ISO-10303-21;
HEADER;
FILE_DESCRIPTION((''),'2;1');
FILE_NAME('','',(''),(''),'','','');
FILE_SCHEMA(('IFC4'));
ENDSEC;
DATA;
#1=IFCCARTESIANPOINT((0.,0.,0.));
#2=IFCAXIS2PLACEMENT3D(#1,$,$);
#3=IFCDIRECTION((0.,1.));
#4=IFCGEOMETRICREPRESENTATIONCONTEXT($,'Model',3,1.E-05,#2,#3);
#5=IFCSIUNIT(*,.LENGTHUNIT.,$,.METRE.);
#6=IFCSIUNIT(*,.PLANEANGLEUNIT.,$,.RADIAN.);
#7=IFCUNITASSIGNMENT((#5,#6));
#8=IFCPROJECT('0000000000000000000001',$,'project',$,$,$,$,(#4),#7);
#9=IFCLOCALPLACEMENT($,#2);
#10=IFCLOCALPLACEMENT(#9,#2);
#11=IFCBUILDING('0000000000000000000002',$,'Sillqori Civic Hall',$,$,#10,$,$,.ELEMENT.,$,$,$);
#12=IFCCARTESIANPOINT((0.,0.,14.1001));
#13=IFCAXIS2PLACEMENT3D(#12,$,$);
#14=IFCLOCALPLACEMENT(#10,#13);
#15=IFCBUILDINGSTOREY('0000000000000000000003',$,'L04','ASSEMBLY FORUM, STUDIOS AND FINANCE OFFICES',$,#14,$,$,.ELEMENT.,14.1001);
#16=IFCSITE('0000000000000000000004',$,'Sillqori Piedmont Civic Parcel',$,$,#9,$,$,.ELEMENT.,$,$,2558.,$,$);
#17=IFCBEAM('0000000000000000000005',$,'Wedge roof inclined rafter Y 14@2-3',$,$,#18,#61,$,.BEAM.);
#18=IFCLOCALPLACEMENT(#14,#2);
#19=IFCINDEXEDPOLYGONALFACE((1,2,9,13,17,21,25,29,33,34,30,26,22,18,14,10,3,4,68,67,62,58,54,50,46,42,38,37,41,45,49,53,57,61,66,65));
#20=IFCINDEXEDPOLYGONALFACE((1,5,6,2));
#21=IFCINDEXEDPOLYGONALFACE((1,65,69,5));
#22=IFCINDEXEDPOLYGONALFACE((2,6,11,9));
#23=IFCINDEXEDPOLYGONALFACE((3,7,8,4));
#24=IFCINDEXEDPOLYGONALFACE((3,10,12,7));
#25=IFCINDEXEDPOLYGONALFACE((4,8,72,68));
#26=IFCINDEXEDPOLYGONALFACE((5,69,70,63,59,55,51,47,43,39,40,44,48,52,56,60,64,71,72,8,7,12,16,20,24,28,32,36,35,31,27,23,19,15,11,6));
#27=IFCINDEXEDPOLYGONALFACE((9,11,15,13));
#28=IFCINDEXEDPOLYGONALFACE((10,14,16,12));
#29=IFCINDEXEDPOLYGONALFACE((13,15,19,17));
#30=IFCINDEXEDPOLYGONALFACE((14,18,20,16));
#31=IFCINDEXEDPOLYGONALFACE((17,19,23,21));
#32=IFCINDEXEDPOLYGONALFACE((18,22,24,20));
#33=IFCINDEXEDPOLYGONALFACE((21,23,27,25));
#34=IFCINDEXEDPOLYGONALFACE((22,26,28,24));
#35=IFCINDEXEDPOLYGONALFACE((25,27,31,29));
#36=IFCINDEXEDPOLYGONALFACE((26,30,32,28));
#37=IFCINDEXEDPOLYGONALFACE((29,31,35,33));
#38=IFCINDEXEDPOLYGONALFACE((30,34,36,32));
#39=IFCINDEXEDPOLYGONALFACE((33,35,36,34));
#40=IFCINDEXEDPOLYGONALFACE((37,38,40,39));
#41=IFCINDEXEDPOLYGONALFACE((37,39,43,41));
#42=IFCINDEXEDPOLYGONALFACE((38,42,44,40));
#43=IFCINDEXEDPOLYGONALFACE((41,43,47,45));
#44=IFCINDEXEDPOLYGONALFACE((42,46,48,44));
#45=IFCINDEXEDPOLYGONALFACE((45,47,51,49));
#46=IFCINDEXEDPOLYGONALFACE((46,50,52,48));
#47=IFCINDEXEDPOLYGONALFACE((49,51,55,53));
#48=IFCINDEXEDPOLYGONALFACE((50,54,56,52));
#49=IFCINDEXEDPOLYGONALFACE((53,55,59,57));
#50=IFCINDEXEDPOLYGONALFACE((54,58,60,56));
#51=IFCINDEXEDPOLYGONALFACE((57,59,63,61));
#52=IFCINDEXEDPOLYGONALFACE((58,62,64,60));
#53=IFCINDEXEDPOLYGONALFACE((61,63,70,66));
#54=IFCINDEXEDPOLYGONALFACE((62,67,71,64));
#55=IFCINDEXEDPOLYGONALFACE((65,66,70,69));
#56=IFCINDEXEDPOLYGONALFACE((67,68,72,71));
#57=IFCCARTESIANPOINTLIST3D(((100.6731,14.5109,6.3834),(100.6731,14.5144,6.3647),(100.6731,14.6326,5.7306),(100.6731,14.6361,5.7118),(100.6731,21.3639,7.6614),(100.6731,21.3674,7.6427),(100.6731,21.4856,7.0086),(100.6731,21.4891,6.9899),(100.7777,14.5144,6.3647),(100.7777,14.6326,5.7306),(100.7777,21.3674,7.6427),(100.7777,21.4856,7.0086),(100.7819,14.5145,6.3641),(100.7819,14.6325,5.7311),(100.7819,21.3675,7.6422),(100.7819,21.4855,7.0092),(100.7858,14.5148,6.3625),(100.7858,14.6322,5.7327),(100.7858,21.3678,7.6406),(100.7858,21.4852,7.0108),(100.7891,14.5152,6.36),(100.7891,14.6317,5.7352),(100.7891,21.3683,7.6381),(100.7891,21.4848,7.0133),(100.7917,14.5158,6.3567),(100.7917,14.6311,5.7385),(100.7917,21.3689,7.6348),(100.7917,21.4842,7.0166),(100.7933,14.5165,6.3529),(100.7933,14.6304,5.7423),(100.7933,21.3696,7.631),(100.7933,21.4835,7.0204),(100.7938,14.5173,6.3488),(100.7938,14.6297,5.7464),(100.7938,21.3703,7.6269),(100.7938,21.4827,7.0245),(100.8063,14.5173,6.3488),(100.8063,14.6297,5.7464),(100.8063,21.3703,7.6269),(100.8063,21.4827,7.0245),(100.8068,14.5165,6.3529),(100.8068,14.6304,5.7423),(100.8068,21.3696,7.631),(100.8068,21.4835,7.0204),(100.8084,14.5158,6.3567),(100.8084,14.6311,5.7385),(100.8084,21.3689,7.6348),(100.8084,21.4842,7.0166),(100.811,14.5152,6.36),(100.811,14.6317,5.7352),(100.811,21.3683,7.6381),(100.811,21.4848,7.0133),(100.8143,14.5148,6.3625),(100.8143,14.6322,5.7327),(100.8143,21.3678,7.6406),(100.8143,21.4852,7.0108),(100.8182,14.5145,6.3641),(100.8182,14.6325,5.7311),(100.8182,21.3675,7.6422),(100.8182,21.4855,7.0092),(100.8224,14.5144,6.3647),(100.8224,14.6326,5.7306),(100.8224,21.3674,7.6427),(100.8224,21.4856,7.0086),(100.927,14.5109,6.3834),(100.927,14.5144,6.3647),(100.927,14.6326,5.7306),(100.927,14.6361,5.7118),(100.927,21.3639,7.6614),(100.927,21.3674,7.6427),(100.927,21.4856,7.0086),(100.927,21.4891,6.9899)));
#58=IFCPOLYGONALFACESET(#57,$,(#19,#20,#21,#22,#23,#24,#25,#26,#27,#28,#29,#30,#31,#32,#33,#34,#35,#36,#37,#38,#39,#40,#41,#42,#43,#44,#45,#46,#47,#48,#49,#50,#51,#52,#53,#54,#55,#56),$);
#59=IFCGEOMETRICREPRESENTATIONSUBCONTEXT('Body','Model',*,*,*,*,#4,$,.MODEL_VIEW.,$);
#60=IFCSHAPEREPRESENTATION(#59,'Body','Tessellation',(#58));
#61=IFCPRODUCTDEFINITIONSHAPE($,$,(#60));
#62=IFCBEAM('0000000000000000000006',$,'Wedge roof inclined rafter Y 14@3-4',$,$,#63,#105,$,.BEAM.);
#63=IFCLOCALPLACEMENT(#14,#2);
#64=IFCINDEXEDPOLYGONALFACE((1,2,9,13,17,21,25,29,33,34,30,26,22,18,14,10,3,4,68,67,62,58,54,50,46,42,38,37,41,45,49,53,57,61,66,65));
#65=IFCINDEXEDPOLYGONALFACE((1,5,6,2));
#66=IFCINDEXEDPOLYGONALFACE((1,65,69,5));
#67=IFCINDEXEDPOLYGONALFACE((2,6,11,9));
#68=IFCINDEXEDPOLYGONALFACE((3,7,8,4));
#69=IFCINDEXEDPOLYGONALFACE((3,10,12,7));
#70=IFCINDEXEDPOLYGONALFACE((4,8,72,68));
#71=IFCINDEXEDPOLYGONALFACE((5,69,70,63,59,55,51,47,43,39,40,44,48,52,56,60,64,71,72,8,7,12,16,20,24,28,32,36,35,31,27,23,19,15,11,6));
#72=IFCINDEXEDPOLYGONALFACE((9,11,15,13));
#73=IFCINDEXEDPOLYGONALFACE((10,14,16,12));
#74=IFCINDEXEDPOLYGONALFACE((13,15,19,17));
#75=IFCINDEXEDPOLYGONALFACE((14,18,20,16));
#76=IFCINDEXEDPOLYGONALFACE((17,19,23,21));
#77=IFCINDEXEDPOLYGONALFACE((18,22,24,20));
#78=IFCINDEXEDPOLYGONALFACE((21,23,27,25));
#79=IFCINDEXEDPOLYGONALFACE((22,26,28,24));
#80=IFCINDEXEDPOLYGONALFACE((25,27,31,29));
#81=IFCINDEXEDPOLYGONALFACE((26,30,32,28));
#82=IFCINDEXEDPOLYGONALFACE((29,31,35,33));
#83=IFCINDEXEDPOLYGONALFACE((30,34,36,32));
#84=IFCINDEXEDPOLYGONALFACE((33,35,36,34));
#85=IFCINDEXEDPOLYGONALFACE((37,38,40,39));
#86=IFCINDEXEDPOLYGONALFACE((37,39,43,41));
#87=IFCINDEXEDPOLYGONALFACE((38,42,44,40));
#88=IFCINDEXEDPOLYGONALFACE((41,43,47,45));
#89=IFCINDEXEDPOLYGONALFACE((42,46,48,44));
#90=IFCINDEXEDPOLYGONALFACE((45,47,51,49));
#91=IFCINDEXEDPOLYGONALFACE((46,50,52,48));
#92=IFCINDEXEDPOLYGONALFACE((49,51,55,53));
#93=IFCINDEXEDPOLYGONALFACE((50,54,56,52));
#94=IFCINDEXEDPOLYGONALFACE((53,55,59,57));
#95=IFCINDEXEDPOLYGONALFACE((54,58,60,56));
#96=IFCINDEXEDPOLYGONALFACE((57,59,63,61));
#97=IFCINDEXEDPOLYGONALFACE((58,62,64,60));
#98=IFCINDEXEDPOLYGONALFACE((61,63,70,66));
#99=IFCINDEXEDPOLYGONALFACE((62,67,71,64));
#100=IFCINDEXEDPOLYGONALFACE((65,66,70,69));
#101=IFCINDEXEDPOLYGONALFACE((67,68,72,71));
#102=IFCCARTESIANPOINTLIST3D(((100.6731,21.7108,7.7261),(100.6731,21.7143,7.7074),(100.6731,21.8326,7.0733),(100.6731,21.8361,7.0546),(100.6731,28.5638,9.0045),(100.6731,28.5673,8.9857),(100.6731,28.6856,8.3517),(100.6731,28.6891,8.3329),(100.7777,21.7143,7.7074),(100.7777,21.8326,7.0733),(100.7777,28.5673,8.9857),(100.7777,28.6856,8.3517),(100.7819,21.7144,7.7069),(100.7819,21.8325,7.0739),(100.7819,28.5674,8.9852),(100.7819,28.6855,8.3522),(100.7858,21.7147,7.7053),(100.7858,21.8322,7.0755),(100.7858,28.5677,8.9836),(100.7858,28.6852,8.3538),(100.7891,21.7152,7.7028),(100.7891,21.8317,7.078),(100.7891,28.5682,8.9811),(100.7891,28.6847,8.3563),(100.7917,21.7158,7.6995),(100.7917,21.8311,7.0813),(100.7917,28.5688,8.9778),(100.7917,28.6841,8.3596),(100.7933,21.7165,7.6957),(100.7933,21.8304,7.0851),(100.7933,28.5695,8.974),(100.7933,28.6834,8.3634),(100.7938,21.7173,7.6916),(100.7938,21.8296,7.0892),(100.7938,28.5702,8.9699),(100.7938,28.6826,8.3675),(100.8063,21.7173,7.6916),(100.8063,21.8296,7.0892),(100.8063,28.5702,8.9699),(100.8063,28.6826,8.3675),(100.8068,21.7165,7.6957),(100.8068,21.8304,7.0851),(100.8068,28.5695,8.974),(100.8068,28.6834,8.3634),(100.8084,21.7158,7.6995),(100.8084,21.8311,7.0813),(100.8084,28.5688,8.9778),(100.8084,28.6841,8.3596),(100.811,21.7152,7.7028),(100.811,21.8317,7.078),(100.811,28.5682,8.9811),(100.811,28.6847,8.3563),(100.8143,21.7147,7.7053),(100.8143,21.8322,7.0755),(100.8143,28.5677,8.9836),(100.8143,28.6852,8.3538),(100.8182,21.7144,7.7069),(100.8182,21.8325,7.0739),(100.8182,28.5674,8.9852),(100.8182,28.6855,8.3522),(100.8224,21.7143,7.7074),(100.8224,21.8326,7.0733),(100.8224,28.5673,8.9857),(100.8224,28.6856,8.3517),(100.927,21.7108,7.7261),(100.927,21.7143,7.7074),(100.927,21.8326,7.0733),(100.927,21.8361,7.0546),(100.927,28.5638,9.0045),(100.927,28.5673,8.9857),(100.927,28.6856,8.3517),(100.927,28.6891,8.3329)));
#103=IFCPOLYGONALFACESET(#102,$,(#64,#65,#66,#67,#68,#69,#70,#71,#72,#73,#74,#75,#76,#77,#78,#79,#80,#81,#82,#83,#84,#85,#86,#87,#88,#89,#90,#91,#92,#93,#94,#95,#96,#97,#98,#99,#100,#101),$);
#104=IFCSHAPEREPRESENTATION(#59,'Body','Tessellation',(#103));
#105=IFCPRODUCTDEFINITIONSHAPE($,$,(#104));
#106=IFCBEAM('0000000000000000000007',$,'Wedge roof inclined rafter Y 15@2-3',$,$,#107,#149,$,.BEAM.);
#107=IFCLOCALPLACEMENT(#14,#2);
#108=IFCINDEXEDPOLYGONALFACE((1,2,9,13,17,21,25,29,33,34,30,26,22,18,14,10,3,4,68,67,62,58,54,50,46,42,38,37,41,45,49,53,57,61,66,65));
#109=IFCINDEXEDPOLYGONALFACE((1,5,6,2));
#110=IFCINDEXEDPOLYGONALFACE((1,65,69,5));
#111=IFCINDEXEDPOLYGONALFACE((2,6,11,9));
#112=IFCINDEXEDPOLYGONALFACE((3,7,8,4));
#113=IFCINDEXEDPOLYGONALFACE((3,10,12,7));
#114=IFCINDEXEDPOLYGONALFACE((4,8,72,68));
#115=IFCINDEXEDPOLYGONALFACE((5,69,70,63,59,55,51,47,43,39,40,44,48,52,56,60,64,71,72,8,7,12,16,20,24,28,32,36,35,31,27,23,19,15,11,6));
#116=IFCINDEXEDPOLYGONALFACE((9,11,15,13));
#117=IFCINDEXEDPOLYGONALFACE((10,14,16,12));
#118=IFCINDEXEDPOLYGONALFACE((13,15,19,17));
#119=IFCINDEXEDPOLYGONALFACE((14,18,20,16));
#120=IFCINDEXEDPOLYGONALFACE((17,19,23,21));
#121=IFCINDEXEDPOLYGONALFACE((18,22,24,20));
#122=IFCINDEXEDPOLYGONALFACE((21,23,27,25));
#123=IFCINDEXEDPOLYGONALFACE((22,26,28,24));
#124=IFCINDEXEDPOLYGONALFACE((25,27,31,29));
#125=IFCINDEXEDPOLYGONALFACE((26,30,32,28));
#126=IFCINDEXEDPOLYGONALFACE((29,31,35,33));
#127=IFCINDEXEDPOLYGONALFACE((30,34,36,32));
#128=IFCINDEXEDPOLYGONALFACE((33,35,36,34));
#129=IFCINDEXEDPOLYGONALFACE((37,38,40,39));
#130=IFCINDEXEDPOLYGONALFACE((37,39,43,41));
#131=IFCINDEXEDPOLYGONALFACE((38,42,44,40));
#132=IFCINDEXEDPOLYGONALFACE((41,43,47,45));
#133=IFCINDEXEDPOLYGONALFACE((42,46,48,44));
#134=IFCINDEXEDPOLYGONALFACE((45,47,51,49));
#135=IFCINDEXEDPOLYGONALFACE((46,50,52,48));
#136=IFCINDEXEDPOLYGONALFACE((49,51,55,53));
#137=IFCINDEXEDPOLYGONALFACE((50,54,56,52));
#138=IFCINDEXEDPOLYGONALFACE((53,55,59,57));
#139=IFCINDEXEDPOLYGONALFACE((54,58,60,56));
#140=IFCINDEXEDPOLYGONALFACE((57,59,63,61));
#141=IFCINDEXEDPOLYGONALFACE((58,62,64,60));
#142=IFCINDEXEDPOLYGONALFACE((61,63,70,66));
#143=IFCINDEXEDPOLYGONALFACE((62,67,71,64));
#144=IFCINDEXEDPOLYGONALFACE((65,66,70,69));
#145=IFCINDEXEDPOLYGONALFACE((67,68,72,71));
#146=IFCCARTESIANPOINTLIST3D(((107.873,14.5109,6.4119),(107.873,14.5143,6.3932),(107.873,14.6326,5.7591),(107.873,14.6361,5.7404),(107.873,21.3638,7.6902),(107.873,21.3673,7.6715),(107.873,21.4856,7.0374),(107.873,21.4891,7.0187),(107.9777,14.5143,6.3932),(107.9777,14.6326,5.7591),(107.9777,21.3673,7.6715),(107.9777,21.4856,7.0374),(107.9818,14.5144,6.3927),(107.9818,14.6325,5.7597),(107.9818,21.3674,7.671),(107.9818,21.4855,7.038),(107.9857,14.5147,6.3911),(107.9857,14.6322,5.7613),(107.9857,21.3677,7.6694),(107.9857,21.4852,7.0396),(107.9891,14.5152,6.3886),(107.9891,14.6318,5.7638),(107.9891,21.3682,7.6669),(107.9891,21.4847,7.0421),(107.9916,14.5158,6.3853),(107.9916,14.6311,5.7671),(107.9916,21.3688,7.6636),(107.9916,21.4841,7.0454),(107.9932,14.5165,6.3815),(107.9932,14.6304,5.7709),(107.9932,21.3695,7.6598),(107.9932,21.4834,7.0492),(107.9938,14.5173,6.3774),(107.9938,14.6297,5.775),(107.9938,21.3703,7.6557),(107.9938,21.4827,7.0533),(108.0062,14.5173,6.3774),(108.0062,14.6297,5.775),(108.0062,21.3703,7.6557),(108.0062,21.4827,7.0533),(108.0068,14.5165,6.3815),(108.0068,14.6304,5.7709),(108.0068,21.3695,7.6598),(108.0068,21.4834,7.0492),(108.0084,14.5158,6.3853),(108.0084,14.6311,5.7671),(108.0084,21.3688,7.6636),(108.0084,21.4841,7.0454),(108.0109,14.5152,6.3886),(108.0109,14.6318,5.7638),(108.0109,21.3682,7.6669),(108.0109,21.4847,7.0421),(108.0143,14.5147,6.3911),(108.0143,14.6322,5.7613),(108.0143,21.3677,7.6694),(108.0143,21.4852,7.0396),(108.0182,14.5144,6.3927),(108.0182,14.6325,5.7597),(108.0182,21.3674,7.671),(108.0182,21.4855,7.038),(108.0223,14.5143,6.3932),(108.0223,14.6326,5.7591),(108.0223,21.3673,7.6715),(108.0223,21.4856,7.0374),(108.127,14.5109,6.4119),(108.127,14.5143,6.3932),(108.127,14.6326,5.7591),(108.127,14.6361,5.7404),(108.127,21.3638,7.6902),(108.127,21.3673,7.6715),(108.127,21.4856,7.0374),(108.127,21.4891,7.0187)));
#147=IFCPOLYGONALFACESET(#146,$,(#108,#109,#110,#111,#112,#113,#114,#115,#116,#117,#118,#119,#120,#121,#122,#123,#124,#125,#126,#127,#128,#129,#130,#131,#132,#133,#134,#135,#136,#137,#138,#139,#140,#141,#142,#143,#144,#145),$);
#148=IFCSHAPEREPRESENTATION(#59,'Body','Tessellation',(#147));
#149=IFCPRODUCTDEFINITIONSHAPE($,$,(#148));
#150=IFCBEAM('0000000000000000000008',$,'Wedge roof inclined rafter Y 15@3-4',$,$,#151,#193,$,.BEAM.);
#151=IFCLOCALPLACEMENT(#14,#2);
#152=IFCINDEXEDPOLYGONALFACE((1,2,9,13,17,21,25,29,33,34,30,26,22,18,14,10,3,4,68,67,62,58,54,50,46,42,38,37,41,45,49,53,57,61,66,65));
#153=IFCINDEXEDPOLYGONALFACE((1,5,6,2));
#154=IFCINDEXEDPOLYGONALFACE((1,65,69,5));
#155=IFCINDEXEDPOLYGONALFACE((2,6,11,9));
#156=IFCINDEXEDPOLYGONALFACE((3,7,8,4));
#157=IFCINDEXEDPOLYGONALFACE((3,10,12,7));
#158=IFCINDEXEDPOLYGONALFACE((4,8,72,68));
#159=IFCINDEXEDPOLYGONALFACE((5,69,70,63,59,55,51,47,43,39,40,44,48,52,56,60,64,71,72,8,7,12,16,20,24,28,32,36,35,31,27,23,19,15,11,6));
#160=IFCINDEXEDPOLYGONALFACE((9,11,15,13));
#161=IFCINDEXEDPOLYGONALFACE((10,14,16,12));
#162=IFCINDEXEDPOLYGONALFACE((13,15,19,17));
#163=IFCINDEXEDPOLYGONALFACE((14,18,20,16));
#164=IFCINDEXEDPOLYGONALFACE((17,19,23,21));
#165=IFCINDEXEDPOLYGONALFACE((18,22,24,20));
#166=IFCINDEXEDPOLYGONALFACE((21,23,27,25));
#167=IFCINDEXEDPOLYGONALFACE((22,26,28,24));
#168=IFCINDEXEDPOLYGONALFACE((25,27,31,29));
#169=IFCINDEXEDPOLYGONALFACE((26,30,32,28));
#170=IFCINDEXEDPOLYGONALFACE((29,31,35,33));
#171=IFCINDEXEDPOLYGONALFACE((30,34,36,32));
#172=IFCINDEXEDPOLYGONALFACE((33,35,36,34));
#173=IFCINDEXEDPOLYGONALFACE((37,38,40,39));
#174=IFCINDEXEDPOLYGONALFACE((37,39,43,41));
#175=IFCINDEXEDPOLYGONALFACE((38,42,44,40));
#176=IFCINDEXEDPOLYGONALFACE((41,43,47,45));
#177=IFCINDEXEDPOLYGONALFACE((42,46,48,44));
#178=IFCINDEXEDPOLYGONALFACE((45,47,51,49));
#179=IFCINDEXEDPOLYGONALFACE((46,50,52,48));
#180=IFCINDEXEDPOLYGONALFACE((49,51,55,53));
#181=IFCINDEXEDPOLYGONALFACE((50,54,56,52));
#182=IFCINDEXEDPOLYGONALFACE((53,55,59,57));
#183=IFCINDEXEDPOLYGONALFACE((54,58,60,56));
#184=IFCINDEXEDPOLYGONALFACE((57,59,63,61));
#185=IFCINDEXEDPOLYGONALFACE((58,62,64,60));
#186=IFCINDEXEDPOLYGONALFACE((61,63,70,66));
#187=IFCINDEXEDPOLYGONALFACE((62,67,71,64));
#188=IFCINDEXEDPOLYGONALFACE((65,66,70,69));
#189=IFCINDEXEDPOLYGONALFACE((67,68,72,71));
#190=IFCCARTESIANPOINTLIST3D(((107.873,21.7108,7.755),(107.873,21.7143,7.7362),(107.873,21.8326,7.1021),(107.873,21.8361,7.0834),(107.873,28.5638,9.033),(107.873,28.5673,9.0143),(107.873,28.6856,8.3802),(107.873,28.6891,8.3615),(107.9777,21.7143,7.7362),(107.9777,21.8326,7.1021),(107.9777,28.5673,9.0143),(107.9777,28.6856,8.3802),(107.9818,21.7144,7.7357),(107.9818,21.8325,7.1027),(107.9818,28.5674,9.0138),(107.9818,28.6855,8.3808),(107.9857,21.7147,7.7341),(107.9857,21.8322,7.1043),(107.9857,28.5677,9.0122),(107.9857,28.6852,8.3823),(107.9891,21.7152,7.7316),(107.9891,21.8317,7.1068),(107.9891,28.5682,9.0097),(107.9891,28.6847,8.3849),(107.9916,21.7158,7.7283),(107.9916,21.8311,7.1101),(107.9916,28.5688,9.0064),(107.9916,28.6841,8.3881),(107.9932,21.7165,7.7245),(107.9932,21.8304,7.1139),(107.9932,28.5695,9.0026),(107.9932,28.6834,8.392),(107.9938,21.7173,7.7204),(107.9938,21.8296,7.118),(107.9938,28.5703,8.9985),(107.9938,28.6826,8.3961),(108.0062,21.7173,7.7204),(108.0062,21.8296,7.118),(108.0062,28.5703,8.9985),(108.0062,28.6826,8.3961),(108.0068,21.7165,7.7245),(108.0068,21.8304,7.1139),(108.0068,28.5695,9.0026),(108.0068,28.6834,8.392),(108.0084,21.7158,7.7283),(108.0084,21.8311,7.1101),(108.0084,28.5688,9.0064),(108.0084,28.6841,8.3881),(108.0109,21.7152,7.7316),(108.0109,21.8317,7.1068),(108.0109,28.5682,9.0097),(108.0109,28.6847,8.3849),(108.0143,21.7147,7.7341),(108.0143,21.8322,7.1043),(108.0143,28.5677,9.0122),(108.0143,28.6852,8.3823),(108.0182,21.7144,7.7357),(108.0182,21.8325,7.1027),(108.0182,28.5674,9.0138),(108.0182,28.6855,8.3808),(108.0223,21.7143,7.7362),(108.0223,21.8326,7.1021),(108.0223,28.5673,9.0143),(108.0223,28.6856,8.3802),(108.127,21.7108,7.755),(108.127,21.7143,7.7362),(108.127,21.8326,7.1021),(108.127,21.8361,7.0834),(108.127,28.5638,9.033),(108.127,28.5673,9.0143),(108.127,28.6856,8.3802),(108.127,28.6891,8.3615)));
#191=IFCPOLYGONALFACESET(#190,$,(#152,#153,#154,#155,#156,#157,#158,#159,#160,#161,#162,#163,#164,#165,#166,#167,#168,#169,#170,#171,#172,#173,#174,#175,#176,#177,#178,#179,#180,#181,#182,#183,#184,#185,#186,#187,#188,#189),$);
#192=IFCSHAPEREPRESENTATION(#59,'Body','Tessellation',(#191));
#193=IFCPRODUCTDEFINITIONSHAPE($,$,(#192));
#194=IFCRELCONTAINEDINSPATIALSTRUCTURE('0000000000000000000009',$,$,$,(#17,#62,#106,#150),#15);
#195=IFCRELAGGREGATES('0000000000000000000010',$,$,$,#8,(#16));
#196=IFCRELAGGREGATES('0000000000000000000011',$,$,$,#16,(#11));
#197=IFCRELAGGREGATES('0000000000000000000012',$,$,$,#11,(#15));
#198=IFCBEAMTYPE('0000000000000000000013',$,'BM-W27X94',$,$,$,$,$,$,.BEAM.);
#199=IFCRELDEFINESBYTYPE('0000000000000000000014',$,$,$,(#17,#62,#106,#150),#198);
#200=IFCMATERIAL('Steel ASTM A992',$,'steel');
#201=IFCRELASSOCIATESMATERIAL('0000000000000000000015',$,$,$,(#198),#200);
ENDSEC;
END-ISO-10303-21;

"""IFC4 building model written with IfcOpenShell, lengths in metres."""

from ifc_helpers import new_model, si_unit, direction, frame, origin, origin_2d, place, context, subcontext, project, spatial, i_section, extrude, material, material_profile, profile_set, type_object, element, save


model = new_model("IFC4")

# Units and contexts
model_context = context("Model", 3, precision=1e-05, world=origin(), true_north=direction((0.0, 1.0)))
body_context = subcontext(model_context, "Body", "Model", "MODEL_VIEW")
ifc_project = project(units=[si_unit("LENGTHUNIT", "METRE"), si_unit("PLANEANGLEUNIT", "RADIAN")], contexts=[model_context])

# Site, building, storey
site_placement = place(None, origin())
site = spatial("IfcSite", under=ifc_project, at=site_placement, Name="Sillqori Piedmont Civic Parcel", CompositionType="ELEMENT", RefElevation=2558.0)
building_placement = place(site_placement, origin())
building = spatial("IfcBuilding", under=site, at=building_placement, Name="Sillqori Civic Hall", CompositionType="ELEMENT")
storey_placement = place(building_placement, frame((0.0, 0.0, 14.1001)))
storey = spatial("IfcBuildingStorey", under=building, at=storey_placement, Name="L04", Description="ASSEMBLY FORUM, STUDIOS AND FINANCE OFFICES", CompositionType="ELEMENT", Elevation=14.1001)

# Shared definitions
ifc_material_1 = material(Name="Steel ASTM A992", Category="steel")

# Beams
ifc_material_profile_1 = material_profile(ifc_material_1, i_section(OverallWidth=0.2539, OverallDepth=0.6831, WebThickness=0.0125, FlangeThickness=0.019, FilletRadius=0.0161, at=origin_2d()), Name="W27X94")
ifc_profile_set_1 = profile_set([ifc_material_profile_1], Name="Steel ASTM A992")
beam_type_1 = type_object("IfcBeamType", Name="BM-W27X94", PredefinedType="BEAM", material=ifc_profile_set_1)
for number, where, z_axis, x_axis, name in (
    (1, (100.8, 14.5735, 6.0476), (0.0, 0.98305, 0.183337), (-1.0, 0.0, 0.0), "Wedge roof inclined rafter Y 14@2-3"),
    (2, (100.8, 21.7734, 7.3904), (0.0, 0.983044, 0.183371), (-1.0, 0.0, 0.0), "Wedge roof inclined rafter Y 14@3-4"),
    (3, (108.0, 14.5735, 6.0762), (0.0, 0.983044, 0.183371), (-1.0, 0.0, 0.0), "Wedge roof inclined rafter Y 15@2-3"),
    (4, (108.0, 21.7734, 7.4192), (0.0, 0.98305, 0.183337), (-1.0, 0.0, 0.0), "Wedge roof inclined rafter Y 15@3-4"),
):
    element("IfcBeam", number, at=place(storey_placement, frame(where, z_axis=z_axis, x_axis=x_axis)), inside=storey, type_object=beam_type_1, Name=name, PredefinedType="BEAM", context=body_context, shape_type="SweptSolid", body=[
        extrude(i_section(OverallWidth=0.2539, OverallDepth=0.6831, WebThickness=0.0125, FlangeThickness=0.019, FilletRadius=0.0161, at=origin_2d()), origin(), (0.0, 0.0, 1.0), 6.9712),
    ])

save(model, "model.ifc")
